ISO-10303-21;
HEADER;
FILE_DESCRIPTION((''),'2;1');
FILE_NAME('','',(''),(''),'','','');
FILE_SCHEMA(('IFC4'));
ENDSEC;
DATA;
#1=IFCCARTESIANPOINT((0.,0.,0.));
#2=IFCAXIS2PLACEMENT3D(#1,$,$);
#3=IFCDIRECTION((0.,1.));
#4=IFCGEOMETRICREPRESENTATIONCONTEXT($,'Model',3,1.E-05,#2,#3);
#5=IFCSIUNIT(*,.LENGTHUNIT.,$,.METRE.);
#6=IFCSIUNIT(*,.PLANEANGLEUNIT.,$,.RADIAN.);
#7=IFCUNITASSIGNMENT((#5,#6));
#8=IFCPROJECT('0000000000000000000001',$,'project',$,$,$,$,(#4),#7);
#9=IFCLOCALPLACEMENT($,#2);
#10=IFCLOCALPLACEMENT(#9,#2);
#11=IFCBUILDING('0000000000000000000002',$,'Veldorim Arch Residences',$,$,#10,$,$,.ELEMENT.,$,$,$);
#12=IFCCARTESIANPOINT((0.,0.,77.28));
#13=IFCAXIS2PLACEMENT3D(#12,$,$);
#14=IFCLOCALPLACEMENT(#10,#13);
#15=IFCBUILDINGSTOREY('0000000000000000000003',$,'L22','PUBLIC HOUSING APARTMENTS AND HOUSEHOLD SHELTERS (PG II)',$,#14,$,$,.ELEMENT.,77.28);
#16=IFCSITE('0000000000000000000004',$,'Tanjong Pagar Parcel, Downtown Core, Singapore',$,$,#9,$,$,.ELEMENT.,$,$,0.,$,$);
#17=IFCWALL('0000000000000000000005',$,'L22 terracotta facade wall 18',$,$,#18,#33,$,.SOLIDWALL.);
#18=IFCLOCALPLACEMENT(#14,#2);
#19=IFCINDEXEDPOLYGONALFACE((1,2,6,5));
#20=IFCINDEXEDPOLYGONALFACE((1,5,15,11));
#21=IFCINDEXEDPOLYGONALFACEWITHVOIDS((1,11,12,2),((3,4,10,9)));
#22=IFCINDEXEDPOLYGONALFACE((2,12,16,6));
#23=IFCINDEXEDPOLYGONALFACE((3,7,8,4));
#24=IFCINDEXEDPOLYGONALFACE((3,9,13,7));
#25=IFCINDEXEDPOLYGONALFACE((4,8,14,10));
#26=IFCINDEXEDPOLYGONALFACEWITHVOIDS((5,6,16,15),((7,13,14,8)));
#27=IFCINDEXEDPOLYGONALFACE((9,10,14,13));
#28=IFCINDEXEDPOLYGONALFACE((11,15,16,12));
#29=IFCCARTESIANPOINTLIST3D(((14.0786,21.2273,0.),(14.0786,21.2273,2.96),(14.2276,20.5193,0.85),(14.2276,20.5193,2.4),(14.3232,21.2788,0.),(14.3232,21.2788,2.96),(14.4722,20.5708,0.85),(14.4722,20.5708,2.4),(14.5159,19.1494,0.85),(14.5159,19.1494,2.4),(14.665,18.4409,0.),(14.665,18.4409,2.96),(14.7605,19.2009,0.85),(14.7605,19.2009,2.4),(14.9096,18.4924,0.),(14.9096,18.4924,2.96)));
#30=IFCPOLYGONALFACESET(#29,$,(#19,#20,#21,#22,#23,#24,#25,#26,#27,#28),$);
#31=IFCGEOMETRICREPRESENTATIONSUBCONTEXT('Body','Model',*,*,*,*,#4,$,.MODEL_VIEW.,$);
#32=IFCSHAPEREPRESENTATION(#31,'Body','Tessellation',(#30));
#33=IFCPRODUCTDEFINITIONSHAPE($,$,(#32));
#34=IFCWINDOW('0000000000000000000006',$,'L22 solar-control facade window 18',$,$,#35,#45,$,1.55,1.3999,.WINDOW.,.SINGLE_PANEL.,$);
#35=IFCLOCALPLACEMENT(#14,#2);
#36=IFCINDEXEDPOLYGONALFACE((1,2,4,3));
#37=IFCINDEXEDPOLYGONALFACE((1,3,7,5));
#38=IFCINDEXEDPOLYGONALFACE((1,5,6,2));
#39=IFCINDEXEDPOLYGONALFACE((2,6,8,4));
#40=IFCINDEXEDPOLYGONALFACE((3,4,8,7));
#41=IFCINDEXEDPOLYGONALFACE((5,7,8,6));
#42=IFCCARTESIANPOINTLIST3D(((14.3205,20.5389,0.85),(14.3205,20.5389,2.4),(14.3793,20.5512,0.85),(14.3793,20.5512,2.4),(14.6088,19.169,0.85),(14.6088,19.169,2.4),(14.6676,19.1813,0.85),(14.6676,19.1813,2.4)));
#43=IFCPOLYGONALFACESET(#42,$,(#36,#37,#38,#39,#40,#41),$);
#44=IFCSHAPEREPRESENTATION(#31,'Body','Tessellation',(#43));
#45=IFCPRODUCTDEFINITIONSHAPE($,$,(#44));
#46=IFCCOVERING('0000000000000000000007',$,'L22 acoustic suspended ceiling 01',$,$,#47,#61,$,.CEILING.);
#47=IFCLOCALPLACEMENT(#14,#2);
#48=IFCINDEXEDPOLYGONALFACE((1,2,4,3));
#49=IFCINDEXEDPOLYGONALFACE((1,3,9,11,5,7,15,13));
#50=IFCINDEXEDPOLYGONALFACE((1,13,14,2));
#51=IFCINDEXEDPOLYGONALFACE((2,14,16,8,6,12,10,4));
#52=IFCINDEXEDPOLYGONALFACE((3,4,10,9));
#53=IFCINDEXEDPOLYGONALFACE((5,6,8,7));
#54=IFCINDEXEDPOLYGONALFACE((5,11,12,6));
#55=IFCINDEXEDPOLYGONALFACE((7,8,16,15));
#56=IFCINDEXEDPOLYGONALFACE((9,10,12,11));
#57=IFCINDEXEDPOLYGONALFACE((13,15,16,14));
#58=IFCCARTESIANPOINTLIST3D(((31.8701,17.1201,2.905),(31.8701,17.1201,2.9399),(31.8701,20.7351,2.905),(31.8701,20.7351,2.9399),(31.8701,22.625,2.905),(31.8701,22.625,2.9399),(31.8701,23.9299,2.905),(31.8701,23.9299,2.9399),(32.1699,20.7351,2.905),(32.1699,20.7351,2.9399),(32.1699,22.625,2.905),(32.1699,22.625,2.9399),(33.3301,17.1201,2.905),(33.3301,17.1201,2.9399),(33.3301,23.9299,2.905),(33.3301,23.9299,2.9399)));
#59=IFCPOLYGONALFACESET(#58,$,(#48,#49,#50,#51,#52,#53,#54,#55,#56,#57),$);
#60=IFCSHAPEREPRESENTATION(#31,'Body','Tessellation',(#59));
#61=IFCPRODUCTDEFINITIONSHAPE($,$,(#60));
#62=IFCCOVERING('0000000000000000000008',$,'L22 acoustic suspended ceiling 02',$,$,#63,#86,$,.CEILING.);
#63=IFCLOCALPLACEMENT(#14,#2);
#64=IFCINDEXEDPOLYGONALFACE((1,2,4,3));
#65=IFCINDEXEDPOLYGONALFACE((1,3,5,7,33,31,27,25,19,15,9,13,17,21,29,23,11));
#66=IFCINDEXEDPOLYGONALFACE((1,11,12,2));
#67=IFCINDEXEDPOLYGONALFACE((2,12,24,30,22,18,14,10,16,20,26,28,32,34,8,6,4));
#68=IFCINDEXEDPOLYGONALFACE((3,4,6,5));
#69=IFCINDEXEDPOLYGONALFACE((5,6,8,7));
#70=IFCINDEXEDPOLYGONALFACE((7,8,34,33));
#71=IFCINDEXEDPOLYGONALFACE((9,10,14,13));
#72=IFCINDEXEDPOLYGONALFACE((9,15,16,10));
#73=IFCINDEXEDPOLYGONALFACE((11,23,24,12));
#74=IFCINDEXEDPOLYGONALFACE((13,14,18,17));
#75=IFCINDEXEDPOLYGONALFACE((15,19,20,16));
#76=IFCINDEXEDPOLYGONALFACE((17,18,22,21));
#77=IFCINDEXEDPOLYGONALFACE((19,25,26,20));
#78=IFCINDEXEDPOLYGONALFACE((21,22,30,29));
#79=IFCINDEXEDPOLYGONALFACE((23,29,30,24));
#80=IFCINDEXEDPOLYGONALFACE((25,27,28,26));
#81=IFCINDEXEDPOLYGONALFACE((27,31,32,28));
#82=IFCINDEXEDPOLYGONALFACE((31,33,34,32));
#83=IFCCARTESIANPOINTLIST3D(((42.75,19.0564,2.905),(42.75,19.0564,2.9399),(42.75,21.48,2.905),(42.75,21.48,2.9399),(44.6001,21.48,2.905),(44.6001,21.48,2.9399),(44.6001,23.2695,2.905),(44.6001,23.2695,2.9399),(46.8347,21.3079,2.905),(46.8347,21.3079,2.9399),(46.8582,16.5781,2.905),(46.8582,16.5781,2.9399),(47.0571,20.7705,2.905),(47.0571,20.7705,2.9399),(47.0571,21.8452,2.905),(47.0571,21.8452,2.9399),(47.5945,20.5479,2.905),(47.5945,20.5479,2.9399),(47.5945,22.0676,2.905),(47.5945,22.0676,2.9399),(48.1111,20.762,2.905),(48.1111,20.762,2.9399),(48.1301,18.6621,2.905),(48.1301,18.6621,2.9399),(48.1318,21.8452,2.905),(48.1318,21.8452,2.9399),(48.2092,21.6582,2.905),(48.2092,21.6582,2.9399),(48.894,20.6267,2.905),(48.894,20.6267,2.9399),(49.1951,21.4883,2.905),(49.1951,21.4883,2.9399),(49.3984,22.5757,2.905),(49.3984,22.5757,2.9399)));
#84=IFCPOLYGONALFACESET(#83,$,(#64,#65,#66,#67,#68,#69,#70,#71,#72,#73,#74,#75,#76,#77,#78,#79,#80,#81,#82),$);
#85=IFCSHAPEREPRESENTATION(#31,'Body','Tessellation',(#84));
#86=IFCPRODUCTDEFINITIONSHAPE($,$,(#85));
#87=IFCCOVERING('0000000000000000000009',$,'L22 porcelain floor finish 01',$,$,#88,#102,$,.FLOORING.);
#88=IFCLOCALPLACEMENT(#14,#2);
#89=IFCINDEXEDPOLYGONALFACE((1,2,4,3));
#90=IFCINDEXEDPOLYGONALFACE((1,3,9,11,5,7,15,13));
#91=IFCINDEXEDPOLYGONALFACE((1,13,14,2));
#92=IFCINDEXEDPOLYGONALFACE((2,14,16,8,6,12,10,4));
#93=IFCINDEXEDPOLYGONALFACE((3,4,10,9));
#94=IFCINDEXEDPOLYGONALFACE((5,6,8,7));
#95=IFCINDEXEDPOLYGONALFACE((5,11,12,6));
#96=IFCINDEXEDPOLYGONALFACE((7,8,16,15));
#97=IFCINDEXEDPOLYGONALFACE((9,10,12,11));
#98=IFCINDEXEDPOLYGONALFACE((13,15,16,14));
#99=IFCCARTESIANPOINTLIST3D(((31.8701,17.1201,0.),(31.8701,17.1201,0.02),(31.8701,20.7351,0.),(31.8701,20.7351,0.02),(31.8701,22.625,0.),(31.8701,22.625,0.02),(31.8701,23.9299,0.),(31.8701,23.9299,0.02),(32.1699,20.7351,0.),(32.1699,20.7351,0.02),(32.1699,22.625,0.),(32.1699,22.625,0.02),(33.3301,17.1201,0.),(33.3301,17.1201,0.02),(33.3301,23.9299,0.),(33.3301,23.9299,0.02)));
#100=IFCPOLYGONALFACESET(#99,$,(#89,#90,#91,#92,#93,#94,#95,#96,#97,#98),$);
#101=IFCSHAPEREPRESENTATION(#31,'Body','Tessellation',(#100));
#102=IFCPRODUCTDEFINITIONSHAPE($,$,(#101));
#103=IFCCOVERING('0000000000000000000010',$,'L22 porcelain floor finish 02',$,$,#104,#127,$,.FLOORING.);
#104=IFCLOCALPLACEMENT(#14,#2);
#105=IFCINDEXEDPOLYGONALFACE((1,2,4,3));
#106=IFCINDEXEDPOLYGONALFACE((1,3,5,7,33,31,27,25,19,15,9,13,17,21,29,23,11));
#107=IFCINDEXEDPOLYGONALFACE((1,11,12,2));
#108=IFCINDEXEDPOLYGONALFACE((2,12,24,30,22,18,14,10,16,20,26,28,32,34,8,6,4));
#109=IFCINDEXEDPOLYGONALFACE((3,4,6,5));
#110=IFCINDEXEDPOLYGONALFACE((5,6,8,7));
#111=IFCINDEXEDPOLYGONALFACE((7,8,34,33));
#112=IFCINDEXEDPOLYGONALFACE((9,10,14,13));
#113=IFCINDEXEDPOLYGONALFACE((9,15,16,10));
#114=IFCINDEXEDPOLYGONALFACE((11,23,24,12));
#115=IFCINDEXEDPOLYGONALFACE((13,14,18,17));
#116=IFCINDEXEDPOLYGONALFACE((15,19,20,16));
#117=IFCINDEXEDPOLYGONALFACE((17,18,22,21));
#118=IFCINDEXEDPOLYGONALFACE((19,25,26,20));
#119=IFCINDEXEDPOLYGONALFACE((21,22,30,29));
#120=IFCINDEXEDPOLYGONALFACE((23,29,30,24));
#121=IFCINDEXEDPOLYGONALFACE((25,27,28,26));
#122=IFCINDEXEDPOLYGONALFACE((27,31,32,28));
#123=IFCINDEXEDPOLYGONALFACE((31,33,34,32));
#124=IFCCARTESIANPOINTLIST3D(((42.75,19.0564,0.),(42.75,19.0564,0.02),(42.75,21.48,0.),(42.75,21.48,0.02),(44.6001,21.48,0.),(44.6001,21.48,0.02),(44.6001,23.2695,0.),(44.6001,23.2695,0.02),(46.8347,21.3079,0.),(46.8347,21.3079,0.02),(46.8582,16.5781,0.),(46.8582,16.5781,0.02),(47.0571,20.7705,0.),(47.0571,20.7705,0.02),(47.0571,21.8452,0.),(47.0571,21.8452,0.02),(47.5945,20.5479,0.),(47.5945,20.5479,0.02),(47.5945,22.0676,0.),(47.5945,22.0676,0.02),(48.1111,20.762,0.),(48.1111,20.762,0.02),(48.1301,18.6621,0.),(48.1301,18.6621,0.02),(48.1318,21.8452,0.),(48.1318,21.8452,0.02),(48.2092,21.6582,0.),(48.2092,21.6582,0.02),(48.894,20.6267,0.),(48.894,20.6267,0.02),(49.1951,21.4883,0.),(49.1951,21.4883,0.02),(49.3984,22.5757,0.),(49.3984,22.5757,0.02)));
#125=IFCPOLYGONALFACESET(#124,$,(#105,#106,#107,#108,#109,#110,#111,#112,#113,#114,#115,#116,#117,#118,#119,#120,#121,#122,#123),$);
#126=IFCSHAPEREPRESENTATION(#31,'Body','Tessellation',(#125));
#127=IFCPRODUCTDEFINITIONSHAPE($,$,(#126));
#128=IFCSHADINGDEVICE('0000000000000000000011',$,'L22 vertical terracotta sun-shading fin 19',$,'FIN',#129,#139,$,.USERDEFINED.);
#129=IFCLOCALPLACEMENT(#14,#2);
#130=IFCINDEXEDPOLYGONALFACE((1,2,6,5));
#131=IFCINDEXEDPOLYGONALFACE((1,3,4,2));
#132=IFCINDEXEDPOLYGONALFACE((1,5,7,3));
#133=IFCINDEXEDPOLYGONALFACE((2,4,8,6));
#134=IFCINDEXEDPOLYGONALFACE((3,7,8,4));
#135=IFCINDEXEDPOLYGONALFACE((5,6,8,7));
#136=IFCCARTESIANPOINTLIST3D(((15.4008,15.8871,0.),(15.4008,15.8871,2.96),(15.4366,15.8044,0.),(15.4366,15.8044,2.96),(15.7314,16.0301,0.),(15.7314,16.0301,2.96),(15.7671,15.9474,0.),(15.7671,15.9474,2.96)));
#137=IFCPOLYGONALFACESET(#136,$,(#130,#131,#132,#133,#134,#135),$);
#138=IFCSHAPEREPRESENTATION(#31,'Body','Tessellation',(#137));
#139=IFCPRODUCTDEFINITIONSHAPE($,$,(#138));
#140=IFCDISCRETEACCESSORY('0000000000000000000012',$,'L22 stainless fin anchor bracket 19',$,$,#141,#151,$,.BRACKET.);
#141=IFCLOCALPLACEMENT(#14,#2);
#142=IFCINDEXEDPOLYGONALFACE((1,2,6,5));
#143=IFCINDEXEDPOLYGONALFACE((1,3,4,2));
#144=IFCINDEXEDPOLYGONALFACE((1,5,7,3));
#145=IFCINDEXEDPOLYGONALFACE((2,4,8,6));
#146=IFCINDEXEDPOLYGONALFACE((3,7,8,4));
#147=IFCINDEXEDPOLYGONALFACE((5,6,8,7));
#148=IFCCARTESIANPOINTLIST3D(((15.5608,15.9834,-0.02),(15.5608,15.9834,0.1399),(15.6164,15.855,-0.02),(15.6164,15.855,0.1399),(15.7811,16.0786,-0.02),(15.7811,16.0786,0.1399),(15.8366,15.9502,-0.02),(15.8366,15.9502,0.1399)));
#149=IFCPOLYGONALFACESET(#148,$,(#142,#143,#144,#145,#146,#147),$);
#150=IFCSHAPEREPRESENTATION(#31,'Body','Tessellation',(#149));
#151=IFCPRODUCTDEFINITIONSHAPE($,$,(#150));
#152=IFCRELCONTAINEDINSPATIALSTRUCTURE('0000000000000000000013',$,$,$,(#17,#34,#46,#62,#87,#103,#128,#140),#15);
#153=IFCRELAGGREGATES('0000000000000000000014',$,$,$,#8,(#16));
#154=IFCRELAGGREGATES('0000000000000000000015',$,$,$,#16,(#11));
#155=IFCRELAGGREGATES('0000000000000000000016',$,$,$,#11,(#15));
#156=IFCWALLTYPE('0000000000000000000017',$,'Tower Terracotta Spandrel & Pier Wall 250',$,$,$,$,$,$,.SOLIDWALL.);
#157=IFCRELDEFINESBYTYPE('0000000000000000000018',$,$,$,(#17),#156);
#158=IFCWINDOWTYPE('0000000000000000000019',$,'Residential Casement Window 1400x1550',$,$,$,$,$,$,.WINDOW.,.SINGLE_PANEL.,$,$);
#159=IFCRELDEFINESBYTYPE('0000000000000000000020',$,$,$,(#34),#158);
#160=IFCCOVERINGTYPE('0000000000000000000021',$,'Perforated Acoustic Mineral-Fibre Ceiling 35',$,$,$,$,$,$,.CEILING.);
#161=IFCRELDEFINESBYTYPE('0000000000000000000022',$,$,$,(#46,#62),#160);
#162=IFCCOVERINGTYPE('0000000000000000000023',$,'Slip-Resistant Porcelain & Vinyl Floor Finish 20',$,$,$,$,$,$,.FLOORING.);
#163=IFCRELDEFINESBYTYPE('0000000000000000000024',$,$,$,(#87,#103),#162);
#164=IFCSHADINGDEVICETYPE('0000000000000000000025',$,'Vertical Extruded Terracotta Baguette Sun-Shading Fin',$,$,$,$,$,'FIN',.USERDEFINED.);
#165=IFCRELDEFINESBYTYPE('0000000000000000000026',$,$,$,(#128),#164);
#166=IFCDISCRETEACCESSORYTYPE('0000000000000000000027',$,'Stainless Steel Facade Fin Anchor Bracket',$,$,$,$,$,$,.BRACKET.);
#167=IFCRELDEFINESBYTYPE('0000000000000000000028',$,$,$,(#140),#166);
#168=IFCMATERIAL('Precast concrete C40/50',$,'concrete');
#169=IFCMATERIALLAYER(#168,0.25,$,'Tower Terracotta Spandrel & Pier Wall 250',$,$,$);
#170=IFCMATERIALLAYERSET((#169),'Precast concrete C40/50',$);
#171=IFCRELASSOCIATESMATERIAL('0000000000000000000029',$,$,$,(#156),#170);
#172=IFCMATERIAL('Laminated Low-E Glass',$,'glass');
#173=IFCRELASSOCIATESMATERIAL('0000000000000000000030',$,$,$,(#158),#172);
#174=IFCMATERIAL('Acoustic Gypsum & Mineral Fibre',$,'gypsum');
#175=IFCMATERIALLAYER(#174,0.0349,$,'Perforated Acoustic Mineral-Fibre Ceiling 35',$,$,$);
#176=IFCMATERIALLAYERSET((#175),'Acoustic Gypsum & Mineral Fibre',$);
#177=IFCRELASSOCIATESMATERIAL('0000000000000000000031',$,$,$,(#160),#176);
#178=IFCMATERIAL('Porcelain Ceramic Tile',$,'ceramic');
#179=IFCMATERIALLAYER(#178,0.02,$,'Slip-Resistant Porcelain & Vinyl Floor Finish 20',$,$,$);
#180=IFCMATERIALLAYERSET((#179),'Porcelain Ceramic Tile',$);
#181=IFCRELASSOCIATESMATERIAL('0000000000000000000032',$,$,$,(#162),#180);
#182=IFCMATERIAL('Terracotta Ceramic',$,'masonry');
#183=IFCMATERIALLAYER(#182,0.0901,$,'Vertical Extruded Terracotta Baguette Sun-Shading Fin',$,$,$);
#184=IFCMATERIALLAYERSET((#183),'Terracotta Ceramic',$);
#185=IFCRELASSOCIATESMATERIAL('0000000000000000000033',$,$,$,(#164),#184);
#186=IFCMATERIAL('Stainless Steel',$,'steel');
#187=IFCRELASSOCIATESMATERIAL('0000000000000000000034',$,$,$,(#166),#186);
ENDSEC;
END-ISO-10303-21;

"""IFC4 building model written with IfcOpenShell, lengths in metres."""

from ifc_helpers import new_model, si_unit, direction, frame, frame_2d, origin, origin_2d, place, context, subcontext, project, spatial, polyline, rectangle, outline, extrude, material, layer, layer_set, type_object, element, fill, save


model = new_model("IFC4")

# Units and contexts
model_context = context("Model", 3, precision=1e-05, world=origin(), true_north=direction((0.0, 1.0)))
body_context = subcontext(model_context, "Body", "Model", "MODEL_VIEW")
ifc_project = project(units=[si_unit("LENGTHUNIT", "METRE"), si_unit("PLANEANGLEUNIT", "RADIAN")], contexts=[model_context])

# Site, building, storey
site_placement = place(None, origin())
site = spatial("IfcSite", under=ifc_project, at=site_placement, Name="Tanjong Pagar Parcel, Downtown Core, Singapore", CompositionType="ELEMENT", RefElevation=0.0)
building_placement = place(site_placement, origin())
building = spatial("IfcBuilding", under=site, at=building_placement, Name="Veldorim Arch Residences", CompositionType="ELEMENT")
storey_placement = place(building_placement, frame((0.0, 0.0, 77.28)))
storey = spatial("IfcBuildingStorey", under=building, at=storey_placement, Name="L22", Description="PUBLIC HOUSING APARTMENTS AND HOUSEHOLD SHELTERS (PG II)", CompositionType="ELEMENT", Elevation=77.28)

# Wall, opening, window
ifc_material_1 = material(Name="Precast concrete C40/50", Category="concrete")
ifc_layer_1 = layer(ifc_material_1, 0.25, Name="Tower Terracotta Spandrel & Pier Wall 250")
ifc_layer_set_1 = layer_set([ifc_layer_1], Name="Precast concrete C40/50")
wall_type = type_object("IfcWallType", Name="Tower Terracotta Spandrel & Pier Wall 250", PredefinedType="SOLIDWALL", material=ifc_layer_set_1)
wall_placement = place(storey_placement, frame((14.7874, 18.4666, 0.0), z_axis=(0.0, 0.0, 1.0), x_axis=(-0.20595, 0.978563, 0.0)))
wall = element("IfcWall", 1, at=wall_placement, inside=storey, type_object=wall_type, Name="L22 terracotta facade wall 18", PredefinedType="SOLIDWALL", context=body_context, shape_type="SweptSolid", body=[
    extrude(rectangle(XDim=2.8474, YDim=0.25, at=frame_2d((1.4238, 0.0))), origin(), (0.0, 0.0, 1.0), 2.96),
])
opening_placement = place(wall_placement, frame((0.7241, 0.0, 0.8501)))
opening = element("IfcOpeningElement", 2, at=opening_placement, cuts=wall, PredefinedType="OPENING", context=body_context, shape_type="SweptSolid", body=[
    extrude(rectangle(XDim=1.3999, YDim=1.55, at=frame_2d((0.7, 0.7749))), frame((0.0, 0.135, 0.0), z_axis=(0.0, -1.0, 0.0), x_axis=(1.0, 0.0, 0.0)), (0.0, 0.0, 1.0), 0.27),
])
ifc_material_2 = material(Name="Laminated Low-E Glass", Category="glass")
window_type = type_object("IfcWindowType", Name="Residential Casement Window 1400x1550", PartitioningType="SINGLE_PANEL", PredefinedType="WINDOW", material=ifc_material_2)
window_placement = place(opening_placement, origin())
window = element("IfcWindow", 3, at=window_placement, inside=storey, type_object=window_type, Name="L22 solar-control facade window 18", OverallHeight=1.55, OverallWidth=1.3999, PartitioningType="SINGLE_PANEL", PredefinedType="WINDOW", context=body_context, shape_type="SweptSolid", body=[
    extrude(rectangle(XDim=1.3999, YDim=1.55, at=frame_2d((0.7, 0.7749))), frame((0.0, 0.03, 0.0), z_axis=(0.0, -1.0, 0.0), x_axis=(1.0, 0.0, 0.0)), (0.0, 0.0, 1.0), 0.0601),
])
fill(opening, window)

# Coverings
ifc_material_3 = material(Name="Acoustic Gypsum & Mineral Fibre", Category="gypsum")
ifc_layer_2 = layer(ifc_material_3, 0.0349, Name="Perforated Acoustic Mineral-Fibre Ceiling 35")
ifc_layer_set_2 = layer_set([ifc_layer_2], Name="Acoustic Gypsum & Mineral Fibre")
covering_type_1 = type_object("IfcCoveringType", Name="Perforated Acoustic Mineral-Fibre Ceiling 35", PredefinedType="CEILING", material=ifc_layer_set_2)
covering_1_placement = place(storey_placement, frame((0.0, 0.0, 2.905)))
element("IfcCovering", 4, at=covering_1_placement, inside=storey, type_object=covering_type_1, Name="L22 acoustic suspended ceiling 01", PredefinedType="CEILING", context=body_context, shape_type="SweptSolid", body=[
    extrude(outline(polyline([(33.3301, 23.9299), (33.3301, 17.1201), (31.8701, 17.1201), (31.8701, 20.7351), (32.1699, 20.7351), (32.1699, 22.625), (31.8701, 22.625), (31.8701, 23.9299), (33.3301, 23.9299)])), origin(), (0.0, 0.0, 1.0), 0.0349),
])
covering_2_placement = place(storey_placement, frame((0.0, 0.0, 2.905)))
element("IfcCovering", 5, at=covering_2_placement, inside=storey, type_object=covering_type_1, Name="L22 acoustic suspended ceiling 02", PredefinedType="CEILING", context=body_context, shape_type="SweptSolid", body=[
    extrude(outline(polyline([(48.894, 20.6267), (48.1301, 18.6621), (46.8582, 16.5781), (42.75, 19.0564), (42.75, 21.48), (44.6001, 21.48), (44.6001, 23.2695), (49.3984, 22.5757), (49.1951, 21.4883), (48.2092, 21.6582), (48.1318, 21.8452), (47.5945, 22.0676), (47.0571, 21.8452), (46.8347, 21.3079), (47.0571, 20.7705), (47.5945, 20.5479), (48.1111, 20.762), (48.894, 20.6267)])), origin(), (0.0, 0.0, 1.0), 0.0349),
])
ifc_material_4 = material(Name="Porcelain Ceramic Tile", Category="ceramic")
ifc_layer_3 = layer(ifc_material_4, 0.02, Name="Slip-Resistant Porcelain & Vinyl Floor Finish 20")
ifc_layer_set_3 = layer_set([ifc_layer_3], Name="Porcelain Ceramic Tile")
covering_type_2 = type_object("IfcCoveringType", Name="Slip-Resistant Porcelain & Vinyl Floor Finish 20", PredefinedType="FLOORING", material=ifc_layer_set_3)
covering_3_placement = place(storey_placement, origin())
element("IfcCovering", 6, at=covering_3_placement, inside=storey, type_object=covering_type_2, Name="L22 porcelain floor finish 01", PredefinedType="FLOORING", context=body_context, shape_type="SweptSolid", body=[
    extrude(outline(polyline([(33.3301, 23.9299), (33.3301, 17.1201), (31.8701, 17.1201), (31.8701, 20.7351), (32.1699, 20.7351), (32.1699, 22.625), (31.8701, 22.625), (31.8701, 23.9299), (33.3301, 23.9299)])), origin(), (0.0, 0.0, 1.0), 0.02),
])
covering_4_placement = place(storey_placement, origin())
element("IfcCovering", 7, at=covering_4_placement, inside=storey, type_object=covering_type_2, Name="L22 porcelain floor finish 02", PredefinedType="FLOORING", context=body_context, shape_type="SweptSolid", body=[
    extrude(outline(polyline([(48.894, 20.6267), (48.1301, 18.6621), (46.8582, 16.5781), (42.75, 19.0564), (42.75, 21.48), (44.6001, 21.48), (44.6001, 23.2695), (49.3984, 22.5757), (49.1951, 21.4883), (48.2092, 21.6582), (48.1318, 21.8452), (47.5945, 22.0676), (47.0571, 21.8452), (46.8347, 21.3079), (47.0571, 20.7705), (47.5945, 20.5479), (48.1111, 20.762), (48.894, 20.6267)])), origin(), (0.0, 0.0, 1.0), 0.02),
])

# Shading device
ifc_material_5 = material(Name="Terracotta Ceramic", Category="masonry")
ifc_layer_4 = layer(ifc_material_5, 0.0901, Name="Vertical Extruded Terracotta Baguette Sun-Shading Fin")
ifc_layer_set_4 = layer_set([ifc_layer_4], Name="Terracotta Ceramic")
shading_device_type = type_object("IfcShadingDeviceType", Name="Vertical Extruded Terracotta Baguette Sun-Shading Fin", ElementType="FIN", PredefinedType="USERDEFINED", material=ifc_layer_set_4)
shading_device_placement = place(storey_placement, frame((15.584, 15.9172, 0.0), z_axis=(0.0, 0.0, 1.0), x_axis=(-0.396988, 0.917824, 0.0)))
element("IfcShadingDevice", 8, at=shading_device_placement, inside=storey, type_object=shading_device_type, Name="L22 vertical terracotta sun-shading fin 19", ObjectType="FIN", PredefinedType="USERDEFINED", context=body_context, shape_type="SweptSolid", body=[
    extrude(rectangle(XDim=0.0901, YDim=0.3601, at=origin_2d()), origin(), (0.0, 0.0, 1.0), 2.96),
])

# Discrete accessory
ifc_material_6 = material(Name="Stainless Steel", Category="steel")
discrete_accessory_type = type_object("IfcDiscreteAccessoryType", Name="Stainless Steel Facade Fin Anchor Bracket", PredefinedType="BRACKET", material=ifc_material_6)
discrete_accessory_placement = place(storey_placement, frame((15.6987, 15.9668, -0.02), z_axis=(0.0, 0.0, 1.0), x_axis=(-0.396988, 0.917824, 0.0)))
element("IfcDiscreteAccessory", 9, at=discrete_accessory_placement, inside=storey, type_object=discrete_accessory_type, Name="L22 stainless fin anchor bracket 19", PredefinedType="BRACKET", context=body_context, shape_type="SweptSolid", body=[
    extrude(rectangle(XDim=0.1399, YDim=0.24, at=origin_2d()), origin(), (0.0, 0.0, 1.0), 0.1599),
])

save(model, "model.ifc")
